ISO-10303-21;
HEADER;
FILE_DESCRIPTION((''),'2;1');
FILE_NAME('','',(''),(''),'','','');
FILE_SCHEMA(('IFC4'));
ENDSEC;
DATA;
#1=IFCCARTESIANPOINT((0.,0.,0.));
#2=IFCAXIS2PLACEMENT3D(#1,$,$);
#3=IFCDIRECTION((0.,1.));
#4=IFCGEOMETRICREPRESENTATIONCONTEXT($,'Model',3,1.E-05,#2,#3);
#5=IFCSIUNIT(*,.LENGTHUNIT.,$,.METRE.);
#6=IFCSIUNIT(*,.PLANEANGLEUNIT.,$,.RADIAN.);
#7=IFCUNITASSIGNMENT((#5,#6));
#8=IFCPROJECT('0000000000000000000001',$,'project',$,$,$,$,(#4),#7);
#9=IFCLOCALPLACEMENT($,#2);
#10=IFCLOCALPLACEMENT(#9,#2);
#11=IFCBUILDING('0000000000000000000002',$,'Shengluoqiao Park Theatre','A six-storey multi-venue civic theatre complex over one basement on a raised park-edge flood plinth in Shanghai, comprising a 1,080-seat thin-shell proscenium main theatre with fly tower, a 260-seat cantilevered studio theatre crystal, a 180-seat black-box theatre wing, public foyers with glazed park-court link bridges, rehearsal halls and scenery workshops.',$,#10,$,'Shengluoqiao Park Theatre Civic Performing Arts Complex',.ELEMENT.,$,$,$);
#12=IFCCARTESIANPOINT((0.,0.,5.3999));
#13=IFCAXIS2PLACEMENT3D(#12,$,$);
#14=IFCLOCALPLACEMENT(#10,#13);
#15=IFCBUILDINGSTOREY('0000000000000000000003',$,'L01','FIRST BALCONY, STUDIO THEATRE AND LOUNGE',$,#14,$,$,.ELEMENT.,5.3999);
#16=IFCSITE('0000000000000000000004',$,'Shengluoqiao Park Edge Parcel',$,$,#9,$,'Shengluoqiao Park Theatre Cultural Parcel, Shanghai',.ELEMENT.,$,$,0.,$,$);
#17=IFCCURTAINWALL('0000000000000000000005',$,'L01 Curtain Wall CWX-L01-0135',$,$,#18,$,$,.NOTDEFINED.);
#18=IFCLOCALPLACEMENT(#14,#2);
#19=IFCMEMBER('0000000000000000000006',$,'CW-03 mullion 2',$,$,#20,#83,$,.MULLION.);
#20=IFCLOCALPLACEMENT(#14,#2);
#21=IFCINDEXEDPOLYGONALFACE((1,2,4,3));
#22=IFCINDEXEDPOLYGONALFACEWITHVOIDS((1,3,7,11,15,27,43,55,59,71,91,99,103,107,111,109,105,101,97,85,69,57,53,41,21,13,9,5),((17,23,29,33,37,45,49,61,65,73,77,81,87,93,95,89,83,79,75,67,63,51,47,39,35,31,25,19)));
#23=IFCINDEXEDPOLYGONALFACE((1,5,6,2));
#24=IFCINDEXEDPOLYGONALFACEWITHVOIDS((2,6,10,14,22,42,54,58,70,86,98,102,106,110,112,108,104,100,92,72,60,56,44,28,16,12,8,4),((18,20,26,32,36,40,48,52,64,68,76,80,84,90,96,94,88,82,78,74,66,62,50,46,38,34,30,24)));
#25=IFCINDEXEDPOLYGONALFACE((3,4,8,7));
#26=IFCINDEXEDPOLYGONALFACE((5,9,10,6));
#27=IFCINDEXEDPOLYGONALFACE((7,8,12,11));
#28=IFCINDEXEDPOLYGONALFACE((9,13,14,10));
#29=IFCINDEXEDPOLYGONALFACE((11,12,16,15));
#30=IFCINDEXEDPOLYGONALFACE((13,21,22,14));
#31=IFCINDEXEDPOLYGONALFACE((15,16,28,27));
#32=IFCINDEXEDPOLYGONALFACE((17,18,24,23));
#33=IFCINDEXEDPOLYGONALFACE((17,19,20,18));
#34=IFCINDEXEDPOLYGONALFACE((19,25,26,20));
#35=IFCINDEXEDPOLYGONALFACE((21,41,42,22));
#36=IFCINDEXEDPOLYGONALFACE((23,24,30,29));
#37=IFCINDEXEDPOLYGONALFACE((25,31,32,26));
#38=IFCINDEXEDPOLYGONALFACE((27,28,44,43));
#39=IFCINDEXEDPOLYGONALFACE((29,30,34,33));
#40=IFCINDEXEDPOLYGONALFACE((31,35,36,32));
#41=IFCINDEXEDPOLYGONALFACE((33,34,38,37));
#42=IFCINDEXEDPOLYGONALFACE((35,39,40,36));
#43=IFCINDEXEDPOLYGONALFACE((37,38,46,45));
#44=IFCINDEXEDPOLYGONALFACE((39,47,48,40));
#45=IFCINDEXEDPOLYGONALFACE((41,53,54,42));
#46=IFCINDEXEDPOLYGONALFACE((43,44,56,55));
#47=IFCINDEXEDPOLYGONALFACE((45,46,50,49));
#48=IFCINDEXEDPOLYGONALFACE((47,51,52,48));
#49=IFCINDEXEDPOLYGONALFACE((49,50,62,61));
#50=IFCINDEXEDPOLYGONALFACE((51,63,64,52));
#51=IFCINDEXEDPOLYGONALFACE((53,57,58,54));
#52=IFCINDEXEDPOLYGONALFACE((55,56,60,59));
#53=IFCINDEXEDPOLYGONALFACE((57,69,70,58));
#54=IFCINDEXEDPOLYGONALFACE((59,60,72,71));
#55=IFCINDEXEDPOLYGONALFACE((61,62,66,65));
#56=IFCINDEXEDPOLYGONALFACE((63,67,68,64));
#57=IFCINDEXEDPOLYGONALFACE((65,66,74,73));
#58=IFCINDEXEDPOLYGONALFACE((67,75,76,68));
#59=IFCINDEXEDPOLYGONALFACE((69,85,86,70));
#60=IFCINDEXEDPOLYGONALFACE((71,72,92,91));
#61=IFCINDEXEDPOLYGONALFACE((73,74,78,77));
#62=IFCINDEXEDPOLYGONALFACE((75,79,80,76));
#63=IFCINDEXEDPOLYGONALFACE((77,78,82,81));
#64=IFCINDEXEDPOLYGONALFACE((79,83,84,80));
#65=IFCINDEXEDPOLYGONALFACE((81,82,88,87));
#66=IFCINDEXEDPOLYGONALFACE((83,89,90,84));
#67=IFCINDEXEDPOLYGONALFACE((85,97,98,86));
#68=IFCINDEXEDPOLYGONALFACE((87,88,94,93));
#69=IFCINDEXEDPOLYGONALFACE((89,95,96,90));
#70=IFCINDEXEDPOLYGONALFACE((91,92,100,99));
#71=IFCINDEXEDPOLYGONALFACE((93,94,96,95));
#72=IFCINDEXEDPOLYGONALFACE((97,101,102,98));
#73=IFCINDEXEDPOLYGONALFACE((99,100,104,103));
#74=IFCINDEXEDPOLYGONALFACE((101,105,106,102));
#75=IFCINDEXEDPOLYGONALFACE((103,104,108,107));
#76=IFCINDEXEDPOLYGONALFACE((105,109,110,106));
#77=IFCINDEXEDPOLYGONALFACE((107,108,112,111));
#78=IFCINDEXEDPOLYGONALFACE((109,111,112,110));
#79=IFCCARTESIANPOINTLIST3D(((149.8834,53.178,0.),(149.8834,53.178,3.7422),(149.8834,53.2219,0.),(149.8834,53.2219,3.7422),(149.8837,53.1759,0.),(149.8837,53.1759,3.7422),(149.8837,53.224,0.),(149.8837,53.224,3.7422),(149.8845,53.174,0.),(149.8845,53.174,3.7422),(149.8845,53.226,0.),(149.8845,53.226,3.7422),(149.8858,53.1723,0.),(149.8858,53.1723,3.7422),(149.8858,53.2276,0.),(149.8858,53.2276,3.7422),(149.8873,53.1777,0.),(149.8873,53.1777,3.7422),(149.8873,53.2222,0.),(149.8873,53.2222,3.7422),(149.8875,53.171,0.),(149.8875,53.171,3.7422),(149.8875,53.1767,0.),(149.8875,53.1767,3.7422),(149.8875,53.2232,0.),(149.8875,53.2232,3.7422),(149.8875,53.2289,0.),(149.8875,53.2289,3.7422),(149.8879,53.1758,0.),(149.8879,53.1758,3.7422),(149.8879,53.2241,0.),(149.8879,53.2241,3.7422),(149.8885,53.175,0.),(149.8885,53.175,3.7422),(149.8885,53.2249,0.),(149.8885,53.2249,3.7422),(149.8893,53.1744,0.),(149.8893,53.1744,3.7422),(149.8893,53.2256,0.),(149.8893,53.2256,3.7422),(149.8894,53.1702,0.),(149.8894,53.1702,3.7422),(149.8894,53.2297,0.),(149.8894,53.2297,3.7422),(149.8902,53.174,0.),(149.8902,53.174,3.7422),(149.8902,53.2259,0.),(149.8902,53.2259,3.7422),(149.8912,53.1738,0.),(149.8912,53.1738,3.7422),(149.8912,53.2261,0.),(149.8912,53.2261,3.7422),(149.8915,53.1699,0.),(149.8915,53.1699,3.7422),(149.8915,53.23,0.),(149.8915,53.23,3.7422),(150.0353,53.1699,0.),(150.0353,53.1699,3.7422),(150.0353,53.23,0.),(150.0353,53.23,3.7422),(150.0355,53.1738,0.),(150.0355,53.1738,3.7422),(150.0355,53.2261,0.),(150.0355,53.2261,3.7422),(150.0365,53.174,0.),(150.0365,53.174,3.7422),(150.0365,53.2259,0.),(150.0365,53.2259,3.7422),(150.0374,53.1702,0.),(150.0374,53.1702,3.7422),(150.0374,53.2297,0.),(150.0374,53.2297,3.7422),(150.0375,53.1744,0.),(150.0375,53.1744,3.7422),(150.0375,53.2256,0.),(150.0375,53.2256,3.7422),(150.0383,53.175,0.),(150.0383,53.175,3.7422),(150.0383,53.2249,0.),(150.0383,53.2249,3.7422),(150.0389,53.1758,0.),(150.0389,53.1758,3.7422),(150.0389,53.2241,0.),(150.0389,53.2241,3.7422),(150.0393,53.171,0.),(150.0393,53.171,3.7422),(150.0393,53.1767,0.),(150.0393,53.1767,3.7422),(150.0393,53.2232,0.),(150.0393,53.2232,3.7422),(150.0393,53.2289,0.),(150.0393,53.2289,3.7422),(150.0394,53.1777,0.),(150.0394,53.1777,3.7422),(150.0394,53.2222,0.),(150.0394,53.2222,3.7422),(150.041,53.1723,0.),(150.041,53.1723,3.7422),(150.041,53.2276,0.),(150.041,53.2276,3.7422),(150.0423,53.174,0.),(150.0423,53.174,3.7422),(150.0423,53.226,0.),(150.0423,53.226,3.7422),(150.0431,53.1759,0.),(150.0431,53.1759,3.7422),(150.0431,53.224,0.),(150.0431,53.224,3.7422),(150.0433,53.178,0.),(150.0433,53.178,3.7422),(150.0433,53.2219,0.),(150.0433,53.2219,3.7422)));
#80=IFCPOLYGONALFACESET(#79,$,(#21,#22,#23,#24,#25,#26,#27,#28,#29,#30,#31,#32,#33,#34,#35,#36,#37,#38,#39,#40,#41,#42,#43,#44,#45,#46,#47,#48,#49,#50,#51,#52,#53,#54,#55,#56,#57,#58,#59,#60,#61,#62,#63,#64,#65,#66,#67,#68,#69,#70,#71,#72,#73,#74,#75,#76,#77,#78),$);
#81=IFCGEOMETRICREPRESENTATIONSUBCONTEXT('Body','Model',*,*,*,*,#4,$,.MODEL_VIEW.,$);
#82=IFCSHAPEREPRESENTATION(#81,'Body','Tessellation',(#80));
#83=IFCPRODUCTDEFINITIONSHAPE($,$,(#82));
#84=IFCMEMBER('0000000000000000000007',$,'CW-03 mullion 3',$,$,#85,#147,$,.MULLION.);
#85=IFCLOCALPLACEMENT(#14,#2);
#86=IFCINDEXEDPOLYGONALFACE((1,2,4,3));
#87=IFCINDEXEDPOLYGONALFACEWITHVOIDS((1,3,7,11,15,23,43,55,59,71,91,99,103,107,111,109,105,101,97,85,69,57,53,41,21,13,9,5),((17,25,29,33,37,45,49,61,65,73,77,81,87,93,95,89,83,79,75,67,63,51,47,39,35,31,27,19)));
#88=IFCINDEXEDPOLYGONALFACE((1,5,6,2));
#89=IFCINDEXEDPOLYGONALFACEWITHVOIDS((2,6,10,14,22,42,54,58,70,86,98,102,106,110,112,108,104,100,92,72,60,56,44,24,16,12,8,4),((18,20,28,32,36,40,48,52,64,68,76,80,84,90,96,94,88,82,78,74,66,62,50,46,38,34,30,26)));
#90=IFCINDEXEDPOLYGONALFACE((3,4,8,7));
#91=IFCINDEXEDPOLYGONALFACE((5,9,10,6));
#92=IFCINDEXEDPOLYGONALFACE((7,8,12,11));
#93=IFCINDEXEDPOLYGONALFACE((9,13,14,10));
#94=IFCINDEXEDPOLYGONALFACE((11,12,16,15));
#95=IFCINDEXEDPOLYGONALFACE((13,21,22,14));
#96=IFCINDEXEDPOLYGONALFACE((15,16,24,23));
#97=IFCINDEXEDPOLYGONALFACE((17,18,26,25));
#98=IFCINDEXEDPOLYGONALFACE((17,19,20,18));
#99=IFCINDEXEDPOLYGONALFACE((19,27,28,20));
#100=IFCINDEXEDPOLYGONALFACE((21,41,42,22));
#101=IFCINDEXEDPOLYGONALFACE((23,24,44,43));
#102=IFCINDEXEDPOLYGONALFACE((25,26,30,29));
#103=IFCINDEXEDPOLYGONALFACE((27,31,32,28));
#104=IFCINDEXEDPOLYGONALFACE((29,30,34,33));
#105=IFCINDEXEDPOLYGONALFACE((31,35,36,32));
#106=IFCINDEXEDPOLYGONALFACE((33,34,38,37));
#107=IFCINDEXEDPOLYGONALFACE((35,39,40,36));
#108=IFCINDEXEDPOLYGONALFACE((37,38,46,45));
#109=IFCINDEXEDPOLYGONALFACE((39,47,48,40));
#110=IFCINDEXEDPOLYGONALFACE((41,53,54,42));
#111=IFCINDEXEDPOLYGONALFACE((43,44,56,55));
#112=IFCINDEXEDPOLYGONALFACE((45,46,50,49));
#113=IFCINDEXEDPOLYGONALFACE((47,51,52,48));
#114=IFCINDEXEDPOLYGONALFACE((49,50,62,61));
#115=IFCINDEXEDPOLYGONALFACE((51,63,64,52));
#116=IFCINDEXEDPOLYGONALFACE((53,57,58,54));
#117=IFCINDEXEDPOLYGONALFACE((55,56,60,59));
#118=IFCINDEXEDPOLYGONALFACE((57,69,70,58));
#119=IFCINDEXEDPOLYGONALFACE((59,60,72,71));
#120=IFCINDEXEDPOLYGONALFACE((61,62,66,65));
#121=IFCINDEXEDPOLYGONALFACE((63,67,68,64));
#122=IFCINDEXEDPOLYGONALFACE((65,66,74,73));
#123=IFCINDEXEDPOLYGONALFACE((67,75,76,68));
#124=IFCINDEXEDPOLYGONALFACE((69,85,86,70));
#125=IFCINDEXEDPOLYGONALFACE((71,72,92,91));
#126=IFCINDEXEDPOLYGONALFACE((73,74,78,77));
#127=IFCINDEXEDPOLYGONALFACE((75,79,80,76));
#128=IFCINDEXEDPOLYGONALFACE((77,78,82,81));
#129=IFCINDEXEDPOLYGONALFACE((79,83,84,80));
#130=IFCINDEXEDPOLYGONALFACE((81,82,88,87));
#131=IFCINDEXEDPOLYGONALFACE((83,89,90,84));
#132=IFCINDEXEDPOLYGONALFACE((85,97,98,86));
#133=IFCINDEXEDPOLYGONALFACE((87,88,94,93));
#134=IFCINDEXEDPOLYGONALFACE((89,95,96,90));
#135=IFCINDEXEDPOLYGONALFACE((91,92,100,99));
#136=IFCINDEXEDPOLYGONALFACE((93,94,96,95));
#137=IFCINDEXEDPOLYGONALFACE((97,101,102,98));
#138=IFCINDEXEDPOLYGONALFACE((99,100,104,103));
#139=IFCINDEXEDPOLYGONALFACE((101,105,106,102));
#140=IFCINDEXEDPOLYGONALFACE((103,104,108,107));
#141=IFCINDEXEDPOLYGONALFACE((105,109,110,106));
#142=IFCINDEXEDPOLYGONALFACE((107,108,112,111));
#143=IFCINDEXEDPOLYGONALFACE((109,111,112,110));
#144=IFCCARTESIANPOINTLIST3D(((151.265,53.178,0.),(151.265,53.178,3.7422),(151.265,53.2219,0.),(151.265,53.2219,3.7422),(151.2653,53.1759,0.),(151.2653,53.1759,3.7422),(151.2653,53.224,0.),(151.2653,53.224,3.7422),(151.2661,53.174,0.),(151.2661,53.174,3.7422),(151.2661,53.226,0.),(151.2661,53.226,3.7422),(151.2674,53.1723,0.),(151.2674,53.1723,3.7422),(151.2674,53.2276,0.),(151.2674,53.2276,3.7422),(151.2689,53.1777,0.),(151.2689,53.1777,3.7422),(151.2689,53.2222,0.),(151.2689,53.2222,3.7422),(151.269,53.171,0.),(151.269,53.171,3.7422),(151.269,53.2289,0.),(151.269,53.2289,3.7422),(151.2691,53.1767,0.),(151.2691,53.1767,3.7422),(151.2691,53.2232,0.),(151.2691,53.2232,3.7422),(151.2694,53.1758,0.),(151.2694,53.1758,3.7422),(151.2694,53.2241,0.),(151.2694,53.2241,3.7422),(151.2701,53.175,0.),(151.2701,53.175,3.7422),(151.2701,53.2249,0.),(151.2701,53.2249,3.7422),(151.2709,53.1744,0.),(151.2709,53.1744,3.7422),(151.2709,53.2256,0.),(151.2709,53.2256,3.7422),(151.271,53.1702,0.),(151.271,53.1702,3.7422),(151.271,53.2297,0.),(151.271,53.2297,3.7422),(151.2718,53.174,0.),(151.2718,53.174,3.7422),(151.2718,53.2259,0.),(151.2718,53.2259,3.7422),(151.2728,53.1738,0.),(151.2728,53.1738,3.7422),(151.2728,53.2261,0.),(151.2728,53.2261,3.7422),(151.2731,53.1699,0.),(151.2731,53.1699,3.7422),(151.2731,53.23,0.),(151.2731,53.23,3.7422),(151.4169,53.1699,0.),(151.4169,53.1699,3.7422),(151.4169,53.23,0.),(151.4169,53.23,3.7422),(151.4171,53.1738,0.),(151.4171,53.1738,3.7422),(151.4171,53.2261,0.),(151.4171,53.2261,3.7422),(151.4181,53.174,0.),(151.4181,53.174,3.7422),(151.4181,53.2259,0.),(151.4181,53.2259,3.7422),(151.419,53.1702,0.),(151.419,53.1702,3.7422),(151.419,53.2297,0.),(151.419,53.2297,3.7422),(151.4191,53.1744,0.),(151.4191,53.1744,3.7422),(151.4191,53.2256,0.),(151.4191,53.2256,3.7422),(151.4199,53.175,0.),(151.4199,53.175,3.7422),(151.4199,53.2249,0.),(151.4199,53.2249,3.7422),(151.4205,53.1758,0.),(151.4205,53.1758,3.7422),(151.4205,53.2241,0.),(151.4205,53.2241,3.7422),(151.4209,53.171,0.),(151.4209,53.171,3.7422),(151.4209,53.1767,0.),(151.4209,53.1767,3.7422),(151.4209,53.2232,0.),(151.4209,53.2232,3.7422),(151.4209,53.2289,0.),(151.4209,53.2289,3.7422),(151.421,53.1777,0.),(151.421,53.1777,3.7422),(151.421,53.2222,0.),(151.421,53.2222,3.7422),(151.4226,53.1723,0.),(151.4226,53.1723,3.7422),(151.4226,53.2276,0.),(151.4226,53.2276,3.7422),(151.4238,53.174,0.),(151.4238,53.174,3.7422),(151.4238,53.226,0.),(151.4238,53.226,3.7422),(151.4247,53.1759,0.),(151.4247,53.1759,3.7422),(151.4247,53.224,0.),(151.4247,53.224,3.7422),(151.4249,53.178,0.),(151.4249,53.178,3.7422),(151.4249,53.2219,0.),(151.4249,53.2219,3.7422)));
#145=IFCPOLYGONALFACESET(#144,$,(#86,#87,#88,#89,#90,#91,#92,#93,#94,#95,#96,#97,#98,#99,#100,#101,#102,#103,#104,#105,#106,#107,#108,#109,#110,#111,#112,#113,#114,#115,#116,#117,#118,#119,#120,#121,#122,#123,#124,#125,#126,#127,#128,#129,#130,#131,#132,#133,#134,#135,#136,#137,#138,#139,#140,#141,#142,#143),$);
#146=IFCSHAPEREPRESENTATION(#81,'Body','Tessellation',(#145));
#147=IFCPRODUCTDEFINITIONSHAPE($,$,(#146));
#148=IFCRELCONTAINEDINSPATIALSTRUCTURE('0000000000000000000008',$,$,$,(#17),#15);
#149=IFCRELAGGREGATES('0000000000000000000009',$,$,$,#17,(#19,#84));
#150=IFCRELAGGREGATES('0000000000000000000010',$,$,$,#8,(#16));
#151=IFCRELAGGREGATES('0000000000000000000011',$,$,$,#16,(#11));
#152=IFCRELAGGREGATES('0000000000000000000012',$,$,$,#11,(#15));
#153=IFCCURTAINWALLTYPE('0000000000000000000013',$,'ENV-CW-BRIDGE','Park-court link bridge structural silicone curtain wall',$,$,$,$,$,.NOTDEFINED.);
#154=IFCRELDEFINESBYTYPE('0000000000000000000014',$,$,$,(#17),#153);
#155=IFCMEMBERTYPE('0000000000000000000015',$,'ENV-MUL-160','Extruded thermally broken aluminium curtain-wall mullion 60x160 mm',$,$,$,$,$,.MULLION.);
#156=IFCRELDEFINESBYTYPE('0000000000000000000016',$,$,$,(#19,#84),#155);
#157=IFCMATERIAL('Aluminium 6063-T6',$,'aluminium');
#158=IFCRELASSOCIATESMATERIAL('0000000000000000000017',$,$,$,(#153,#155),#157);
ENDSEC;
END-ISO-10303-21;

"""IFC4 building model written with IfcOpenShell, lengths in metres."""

from ifc_helpers import new_model, si_unit, direction, frame, origin, origin_2d, place, context, subcontext, project, spatial, hollow_rectangle, extrude, material, material_profile, profile_set, type_object, element, aggregate, save


model = new_model("IFC4")

# Units and contexts
model_context = context("Model", 3, precision=1e-05, world=origin(), true_north=direction((0.0, 1.0)))
body_context = subcontext(model_context, "Body", "Model", "MODEL_VIEW")
ifc_project = project(units=[si_unit("LENGTHUNIT", "METRE"), si_unit("PLANEANGLEUNIT", "RADIAN")], contexts=[model_context])

# Site, building, storey
site_placement = place(None, origin())
site = spatial("IfcSite", under=ifc_project, at=site_placement, Name="Shengluoqiao Park Edge Parcel", LongName="Shengluoqiao Park Theatre Cultural Parcel, Shanghai", CompositionType="ELEMENT", RefElevation=0.0)
building_placement = place(site_placement, origin())
building = spatial("IfcBuilding", under=site, at=building_placement, Name="Shengluoqiao Park Theatre", Description="A six-storey multi-venue civic theatre complex over one basement on a raised park-edge flood plinth in Shanghai, comprising a 1,080-seat thin-shell proscenium main theatre with fly tower, a 260-seat cantilevered studio theatre crystal, a 180-seat black-box theatre wing, public foyers with glazed park-court link bridges, rehearsal halls and scenery workshops.", LongName="Shengluoqiao Park Theatre Civic Performing Arts Complex", CompositionType="ELEMENT")
storey_placement = place(building_placement, frame((0.0, 0.0, 5.3999)))
storey = spatial("IfcBuildingStorey", under=building, at=storey_placement, Name="L01", Description="FIRST BALCONY, STUDIO THEATRE AND LOUNGE", CompositionType="ELEMENT", Elevation=5.3999)

# Curtain wall, members
ifc_material_1 = material(Name="Aluminium 6063-T6", Category="aluminium")
curtain_wall_type = type_object("IfcCurtainWallType", Name="ENV-CW-BRIDGE", Description="Park-court link bridge structural silicone curtain wall", PredefinedType="NOTDEFINED", material=ifc_material_1)
curtain_wall_placement = place(storey_placement, origin())
curtain_wall = element("IfcCurtainWall", 1, at=curtain_wall_placement, inside=storey, type_object=curtain_wall_type, Name="L01 Curtain Wall CWX-L01-0135", PredefinedType="NOTDEFINED")
ifc_material_profile_1 = material_profile(ifc_material_1, hollow_rectangle(XDim=0.0601, YDim=0.1599, WallThickness=0.0039, InnerFilletRadius=0.0039, OuterFilletRadius=0.0081, at=origin_2d()), Name="ALU MULLION 160x60x4")
ifc_profile_set_1 = profile_set([ifc_material_profile_1], Name="Aluminium 6063-T6")
member_type_1 = type_object("IfcMemberType", Name="ENV-MUL-160", Description="Extruded thermally broken aluminium curtain-wall mullion 60x160 mm", PredefinedType="MULLION", material=ifc_profile_set_1)
member_1_placement = place(storey_placement, frame((149.9634, 53.2, 0.0), z_axis=(0.0, 0.0, 1.0), x_axis=(0.0, 1.0, 0.0)))
member_1 = element("IfcMember", 2, at=member_1_placement, type_object=member_type_1, Name="CW-03 mullion 2", PredefinedType="MULLION", context=body_context, shape_type="SweptSolid", body=[
    extrude(hollow_rectangle(XDim=0.0601, YDim=0.1599, WallThickness=0.0039, InnerFilletRadius=0.0039, OuterFilletRadius=0.0081, at=origin_2d()), origin(), (0.0, 0.0, 1.0), 3.7422),
])
member_2_placement = place(storey_placement, frame((151.345, 53.2, 0.0), z_axis=(0.0, 0.0, 1.0), x_axis=(0.0, 1.0, 0.0)))
member_2 = element("IfcMember", 3, at=member_2_placement, type_object=member_type_1, Name="CW-03 mullion 3", PredefinedType="MULLION", context=body_context, shape_type="SweptSolid", body=[
    extrude(hollow_rectangle(XDim=0.0601, YDim=0.1599, WallThickness=0.0039, InnerFilletRadius=0.0039, OuterFilletRadius=0.0081, at=origin_2d()), origin(), (0.0, 0.0, 1.0), 3.7422),
])

aggregate(curtain_wall, [member_1, member_2])

save(model, "model.ifc")
